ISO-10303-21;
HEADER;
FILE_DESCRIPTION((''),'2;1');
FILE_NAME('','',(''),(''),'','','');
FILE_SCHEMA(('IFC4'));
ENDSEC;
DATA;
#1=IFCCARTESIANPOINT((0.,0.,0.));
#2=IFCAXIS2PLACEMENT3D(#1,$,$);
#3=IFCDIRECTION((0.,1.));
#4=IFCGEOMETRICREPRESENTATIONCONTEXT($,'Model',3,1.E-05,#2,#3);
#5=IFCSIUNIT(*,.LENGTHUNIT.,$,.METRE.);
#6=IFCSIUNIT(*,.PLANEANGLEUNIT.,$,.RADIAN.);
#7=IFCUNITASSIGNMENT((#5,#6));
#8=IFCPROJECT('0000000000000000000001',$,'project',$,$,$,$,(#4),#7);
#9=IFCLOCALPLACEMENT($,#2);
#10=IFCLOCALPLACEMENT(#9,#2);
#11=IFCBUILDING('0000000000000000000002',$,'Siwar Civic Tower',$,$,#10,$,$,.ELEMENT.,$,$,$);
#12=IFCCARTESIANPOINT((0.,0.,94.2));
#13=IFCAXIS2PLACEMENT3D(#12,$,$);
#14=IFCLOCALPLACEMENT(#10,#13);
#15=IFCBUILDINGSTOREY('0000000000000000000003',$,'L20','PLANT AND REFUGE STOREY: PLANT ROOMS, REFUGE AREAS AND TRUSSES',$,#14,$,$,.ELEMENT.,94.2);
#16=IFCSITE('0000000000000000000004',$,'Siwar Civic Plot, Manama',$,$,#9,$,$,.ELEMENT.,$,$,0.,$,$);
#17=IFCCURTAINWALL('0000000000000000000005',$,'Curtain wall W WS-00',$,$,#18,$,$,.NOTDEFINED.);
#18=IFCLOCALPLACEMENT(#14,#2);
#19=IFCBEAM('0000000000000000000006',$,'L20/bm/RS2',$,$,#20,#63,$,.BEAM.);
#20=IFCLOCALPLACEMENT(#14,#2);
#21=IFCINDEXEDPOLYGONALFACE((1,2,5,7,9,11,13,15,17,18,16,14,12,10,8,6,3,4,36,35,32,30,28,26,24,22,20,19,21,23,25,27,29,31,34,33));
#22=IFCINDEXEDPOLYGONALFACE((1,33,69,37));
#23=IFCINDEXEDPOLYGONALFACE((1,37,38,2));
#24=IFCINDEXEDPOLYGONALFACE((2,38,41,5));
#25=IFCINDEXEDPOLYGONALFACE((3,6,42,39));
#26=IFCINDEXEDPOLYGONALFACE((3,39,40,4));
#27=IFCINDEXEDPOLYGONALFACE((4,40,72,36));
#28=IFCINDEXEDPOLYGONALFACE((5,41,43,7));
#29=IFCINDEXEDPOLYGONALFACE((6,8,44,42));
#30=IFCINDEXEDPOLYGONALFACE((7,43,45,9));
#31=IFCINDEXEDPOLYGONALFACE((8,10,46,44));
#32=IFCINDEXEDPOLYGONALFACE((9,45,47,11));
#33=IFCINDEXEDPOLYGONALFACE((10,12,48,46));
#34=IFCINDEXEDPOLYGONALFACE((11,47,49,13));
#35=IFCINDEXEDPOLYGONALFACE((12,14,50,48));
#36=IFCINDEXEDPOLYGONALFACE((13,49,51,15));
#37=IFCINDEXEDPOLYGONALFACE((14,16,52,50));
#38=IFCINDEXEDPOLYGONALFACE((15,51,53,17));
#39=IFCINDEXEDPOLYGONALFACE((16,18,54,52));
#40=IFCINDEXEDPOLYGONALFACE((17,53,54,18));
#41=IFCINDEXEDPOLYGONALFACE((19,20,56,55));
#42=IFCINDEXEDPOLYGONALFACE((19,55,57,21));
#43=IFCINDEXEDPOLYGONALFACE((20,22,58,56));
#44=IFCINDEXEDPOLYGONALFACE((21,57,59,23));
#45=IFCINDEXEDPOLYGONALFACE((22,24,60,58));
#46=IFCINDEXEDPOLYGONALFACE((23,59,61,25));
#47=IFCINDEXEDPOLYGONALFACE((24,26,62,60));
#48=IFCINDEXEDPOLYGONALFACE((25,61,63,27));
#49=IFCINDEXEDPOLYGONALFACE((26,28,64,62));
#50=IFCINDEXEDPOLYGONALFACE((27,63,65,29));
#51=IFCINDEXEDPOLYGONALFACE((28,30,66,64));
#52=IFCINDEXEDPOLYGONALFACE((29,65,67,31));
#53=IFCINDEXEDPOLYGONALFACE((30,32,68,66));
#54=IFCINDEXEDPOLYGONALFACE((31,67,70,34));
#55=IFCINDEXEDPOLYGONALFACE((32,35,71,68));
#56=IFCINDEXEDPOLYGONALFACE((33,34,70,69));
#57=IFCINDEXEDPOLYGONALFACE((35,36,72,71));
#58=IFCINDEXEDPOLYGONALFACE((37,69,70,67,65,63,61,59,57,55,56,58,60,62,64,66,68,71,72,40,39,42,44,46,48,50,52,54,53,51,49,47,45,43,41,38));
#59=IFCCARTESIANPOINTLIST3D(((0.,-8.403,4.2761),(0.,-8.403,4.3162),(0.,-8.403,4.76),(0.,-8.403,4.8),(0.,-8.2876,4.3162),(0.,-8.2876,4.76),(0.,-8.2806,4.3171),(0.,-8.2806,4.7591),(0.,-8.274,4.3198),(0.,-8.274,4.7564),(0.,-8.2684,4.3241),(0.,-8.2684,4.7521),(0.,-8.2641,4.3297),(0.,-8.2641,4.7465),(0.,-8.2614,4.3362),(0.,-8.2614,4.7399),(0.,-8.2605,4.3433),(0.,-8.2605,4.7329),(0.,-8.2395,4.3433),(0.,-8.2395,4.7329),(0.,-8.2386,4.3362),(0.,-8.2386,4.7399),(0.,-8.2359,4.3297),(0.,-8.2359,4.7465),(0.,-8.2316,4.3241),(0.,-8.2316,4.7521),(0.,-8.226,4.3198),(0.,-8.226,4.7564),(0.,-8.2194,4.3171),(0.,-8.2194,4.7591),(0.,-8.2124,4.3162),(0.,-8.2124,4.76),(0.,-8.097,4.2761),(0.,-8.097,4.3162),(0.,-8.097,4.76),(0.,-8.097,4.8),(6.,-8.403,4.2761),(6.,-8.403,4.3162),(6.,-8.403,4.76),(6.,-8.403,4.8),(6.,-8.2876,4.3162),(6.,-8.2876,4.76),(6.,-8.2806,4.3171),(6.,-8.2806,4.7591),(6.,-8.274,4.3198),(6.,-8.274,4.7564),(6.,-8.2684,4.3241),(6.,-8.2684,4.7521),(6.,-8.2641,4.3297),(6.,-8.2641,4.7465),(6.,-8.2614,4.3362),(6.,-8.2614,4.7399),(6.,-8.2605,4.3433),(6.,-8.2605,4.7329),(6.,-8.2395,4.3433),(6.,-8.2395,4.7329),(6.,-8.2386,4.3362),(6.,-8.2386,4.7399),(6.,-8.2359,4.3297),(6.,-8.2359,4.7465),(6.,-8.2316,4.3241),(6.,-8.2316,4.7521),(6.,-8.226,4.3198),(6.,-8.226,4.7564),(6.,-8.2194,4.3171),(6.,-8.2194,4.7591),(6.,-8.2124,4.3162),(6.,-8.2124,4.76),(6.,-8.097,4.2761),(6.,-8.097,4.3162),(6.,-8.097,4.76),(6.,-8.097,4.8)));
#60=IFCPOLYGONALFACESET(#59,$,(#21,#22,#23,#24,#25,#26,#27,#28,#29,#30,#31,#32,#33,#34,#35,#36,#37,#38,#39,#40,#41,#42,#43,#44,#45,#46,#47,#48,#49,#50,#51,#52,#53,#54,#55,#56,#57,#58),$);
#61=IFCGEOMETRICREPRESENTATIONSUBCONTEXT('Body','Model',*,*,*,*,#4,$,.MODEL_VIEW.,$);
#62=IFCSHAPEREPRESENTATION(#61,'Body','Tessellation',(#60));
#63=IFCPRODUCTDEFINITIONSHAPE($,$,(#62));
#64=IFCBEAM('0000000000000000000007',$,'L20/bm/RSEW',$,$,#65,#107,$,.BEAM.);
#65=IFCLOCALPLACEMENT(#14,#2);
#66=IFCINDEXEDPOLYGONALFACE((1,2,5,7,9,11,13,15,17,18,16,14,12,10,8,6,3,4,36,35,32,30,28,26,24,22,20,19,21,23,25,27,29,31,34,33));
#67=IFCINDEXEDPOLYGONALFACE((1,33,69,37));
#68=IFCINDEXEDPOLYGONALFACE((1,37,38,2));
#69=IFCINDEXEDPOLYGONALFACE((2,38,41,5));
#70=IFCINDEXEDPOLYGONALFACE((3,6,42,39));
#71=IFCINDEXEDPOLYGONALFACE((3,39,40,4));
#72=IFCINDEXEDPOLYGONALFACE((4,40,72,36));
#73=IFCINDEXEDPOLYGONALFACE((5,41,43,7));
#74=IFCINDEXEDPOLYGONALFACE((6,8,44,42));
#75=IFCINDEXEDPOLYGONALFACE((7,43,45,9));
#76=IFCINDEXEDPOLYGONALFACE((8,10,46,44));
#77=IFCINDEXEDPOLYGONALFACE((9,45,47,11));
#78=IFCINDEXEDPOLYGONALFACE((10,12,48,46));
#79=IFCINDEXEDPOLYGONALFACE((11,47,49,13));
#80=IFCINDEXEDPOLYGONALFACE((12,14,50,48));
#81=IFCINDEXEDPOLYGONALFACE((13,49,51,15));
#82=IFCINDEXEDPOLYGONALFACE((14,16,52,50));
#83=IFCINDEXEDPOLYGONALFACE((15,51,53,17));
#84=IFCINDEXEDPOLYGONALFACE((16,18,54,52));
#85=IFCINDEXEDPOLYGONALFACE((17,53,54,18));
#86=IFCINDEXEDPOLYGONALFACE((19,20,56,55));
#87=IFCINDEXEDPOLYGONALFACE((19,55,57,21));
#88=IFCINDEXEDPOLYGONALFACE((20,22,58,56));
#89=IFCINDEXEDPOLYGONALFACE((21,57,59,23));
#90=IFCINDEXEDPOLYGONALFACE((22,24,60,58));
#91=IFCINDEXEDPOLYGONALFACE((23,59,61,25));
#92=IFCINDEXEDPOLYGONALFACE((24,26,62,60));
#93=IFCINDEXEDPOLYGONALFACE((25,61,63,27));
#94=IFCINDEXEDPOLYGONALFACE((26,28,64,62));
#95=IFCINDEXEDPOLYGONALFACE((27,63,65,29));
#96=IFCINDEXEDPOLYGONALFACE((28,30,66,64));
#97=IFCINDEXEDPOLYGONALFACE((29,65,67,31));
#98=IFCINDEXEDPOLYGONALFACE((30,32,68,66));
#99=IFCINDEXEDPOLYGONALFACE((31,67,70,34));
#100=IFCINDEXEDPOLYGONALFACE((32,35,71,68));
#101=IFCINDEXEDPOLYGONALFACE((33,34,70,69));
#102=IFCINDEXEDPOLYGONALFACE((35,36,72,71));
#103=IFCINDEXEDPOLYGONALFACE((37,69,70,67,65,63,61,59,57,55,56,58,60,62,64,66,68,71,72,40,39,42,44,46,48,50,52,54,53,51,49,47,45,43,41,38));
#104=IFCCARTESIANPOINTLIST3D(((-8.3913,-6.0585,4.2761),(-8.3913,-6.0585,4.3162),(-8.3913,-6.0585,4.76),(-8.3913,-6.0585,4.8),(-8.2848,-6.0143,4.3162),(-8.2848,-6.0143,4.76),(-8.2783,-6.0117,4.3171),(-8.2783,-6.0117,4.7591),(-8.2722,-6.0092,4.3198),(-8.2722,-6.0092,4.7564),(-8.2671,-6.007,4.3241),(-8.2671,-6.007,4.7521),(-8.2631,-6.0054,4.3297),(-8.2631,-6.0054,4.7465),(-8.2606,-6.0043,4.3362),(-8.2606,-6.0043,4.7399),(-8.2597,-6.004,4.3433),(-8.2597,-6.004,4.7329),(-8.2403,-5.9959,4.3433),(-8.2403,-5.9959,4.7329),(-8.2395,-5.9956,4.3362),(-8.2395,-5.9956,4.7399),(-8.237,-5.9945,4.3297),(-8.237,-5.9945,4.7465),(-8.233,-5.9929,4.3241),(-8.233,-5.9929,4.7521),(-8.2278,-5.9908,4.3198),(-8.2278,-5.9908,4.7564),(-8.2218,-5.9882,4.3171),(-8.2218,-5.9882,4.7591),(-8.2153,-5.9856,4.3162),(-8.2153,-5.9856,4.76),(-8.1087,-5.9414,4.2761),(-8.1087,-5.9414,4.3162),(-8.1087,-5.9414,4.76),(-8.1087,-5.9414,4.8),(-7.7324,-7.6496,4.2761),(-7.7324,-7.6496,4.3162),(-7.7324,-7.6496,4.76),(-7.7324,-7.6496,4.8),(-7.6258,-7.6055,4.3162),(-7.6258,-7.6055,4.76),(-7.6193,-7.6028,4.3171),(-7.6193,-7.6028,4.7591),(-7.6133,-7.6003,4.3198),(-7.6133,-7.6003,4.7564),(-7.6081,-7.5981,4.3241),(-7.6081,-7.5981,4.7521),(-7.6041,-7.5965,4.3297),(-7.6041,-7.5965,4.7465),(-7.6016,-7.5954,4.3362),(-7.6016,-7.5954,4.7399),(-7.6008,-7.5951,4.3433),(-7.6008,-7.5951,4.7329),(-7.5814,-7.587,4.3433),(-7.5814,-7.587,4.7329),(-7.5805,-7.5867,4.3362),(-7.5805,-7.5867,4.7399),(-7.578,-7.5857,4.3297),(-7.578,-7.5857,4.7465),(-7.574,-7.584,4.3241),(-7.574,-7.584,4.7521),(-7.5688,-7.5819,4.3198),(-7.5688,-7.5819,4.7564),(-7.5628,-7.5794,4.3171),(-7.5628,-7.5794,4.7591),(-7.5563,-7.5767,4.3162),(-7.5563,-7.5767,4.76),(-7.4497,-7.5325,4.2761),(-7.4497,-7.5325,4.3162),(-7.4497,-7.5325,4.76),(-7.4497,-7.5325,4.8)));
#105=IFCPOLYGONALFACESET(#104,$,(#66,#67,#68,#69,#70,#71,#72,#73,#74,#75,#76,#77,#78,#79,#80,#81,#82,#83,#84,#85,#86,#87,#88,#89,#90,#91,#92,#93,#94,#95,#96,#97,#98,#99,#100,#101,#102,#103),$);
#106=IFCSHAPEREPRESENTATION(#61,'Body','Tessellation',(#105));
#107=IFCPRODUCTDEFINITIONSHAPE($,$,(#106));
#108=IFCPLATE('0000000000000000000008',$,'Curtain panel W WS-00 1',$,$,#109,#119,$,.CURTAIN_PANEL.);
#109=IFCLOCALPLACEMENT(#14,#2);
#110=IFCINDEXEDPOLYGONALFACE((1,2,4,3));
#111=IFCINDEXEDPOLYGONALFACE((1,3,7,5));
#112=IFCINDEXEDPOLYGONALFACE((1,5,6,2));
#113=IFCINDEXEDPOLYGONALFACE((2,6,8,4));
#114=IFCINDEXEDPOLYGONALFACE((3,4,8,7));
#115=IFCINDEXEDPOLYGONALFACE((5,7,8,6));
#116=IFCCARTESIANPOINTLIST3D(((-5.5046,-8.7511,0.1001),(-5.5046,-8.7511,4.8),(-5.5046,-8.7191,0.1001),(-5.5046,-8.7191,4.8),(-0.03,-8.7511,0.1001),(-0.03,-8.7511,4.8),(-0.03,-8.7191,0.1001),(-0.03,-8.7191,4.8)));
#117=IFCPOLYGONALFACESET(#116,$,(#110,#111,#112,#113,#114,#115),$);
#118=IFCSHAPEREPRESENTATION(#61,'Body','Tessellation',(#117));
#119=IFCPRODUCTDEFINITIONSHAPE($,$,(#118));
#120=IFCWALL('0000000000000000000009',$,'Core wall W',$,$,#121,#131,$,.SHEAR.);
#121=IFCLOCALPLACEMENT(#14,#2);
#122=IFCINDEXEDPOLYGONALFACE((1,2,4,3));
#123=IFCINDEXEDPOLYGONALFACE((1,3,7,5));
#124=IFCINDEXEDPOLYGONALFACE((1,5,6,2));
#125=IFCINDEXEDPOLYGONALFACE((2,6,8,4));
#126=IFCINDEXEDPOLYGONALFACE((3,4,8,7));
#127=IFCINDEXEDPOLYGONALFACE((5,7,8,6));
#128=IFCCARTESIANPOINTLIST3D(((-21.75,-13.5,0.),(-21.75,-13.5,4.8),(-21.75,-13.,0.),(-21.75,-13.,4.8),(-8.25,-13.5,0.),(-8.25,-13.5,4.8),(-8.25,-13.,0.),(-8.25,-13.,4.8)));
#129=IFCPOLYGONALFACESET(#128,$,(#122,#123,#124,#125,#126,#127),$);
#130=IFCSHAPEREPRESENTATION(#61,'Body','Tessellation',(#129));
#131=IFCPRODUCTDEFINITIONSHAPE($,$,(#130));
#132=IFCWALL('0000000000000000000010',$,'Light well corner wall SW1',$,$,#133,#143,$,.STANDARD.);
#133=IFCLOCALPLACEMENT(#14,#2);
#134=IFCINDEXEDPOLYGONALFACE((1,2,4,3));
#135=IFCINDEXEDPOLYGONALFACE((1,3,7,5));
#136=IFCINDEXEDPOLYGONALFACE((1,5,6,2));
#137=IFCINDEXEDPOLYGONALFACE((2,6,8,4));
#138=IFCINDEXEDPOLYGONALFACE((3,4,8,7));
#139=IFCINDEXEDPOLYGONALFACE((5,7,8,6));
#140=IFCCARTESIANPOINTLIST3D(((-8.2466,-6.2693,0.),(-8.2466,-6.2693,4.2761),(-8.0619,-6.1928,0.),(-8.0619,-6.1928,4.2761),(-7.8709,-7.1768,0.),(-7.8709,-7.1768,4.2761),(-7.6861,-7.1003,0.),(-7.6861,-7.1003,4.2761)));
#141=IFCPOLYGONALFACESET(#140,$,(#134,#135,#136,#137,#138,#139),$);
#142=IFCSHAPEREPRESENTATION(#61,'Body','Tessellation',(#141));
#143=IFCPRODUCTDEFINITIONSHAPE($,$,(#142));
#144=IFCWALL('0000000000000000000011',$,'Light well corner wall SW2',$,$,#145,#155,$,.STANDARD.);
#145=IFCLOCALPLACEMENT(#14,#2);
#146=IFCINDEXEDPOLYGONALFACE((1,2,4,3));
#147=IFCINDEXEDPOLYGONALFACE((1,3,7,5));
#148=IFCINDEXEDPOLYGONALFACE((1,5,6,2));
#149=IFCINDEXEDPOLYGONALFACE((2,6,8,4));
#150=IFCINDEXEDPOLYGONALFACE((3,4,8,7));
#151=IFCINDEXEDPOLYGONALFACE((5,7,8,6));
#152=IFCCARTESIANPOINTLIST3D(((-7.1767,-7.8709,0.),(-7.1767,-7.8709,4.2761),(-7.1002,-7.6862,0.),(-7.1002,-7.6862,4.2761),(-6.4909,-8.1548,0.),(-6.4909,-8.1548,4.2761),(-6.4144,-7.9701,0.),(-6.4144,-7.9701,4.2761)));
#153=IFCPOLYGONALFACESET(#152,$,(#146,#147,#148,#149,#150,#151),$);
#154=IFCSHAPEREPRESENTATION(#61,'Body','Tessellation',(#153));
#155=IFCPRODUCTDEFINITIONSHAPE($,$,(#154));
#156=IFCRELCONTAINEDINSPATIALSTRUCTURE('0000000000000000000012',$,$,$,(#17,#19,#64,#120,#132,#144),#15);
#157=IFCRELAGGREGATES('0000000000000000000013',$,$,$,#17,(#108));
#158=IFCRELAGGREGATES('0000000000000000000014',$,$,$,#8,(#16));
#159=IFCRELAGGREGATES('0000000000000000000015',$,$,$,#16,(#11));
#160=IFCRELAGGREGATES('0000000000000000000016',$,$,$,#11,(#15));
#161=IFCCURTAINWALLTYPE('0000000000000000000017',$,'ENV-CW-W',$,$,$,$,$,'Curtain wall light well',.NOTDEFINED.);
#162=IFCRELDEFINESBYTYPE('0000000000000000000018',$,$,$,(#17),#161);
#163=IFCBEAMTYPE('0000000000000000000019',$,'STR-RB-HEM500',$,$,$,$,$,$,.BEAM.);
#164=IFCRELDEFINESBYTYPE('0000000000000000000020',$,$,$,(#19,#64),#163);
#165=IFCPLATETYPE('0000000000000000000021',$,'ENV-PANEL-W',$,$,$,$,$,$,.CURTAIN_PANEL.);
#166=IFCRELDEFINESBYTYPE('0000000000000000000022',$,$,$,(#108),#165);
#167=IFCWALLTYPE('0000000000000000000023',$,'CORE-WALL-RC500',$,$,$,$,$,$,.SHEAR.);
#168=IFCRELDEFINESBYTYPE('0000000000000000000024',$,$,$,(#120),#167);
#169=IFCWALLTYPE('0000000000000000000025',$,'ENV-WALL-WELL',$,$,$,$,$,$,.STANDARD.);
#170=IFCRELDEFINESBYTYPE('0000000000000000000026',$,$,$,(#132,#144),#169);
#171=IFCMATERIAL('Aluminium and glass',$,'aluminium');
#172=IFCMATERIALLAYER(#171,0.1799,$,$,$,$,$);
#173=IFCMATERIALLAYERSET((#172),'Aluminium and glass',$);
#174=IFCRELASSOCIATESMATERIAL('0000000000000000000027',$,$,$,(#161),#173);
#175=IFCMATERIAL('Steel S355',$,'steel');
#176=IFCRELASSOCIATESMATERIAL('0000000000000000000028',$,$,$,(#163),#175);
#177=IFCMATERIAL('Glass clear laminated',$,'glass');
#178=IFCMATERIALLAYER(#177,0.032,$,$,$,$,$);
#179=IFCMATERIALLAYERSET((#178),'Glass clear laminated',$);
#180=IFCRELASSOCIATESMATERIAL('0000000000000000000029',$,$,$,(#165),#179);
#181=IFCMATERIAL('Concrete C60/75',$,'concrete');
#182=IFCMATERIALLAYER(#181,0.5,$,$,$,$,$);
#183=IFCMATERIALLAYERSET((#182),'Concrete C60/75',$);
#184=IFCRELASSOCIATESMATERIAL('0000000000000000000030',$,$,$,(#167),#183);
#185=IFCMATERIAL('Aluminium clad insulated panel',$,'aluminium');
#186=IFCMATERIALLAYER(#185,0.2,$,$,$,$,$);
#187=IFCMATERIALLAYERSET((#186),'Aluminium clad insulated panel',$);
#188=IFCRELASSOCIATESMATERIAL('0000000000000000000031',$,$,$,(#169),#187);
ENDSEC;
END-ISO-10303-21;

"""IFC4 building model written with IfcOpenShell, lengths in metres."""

from ifc_helpers import new_model, si_unit, direction, frame, frame_2d, origin, origin_2d, place, context, subcontext, project, spatial, rectangle, i_section, extrude, material, layer, layer_set, material_profile, profile_set, type_object, element, aggregate, save


model = new_model("IFC4")

# Units and contexts
model_context = context("Model", 3, precision=1e-05, world=origin(), true_north=direction((0.0, 1.0)))
body_context = subcontext(model_context, "Body", "Model", "MODEL_VIEW")
ifc_project = project(units=[si_unit("LENGTHUNIT", "METRE"), si_unit("PLANEANGLEUNIT", "RADIAN")], contexts=[model_context])

# Site, building, storey
site_placement = place(None, origin())
site = spatial("IfcSite", under=ifc_project, at=site_placement, Name="Siwar Civic Plot, Manama", CompositionType="ELEMENT", RefElevation=0.0)
building_placement = place(site_placement, origin())
building = spatial("IfcBuilding", under=site, at=building_placement, Name="Siwar Civic Tower", CompositionType="ELEMENT")
storey_placement = place(building_placement, frame((0.0, 0.0, 94.2)))
storey = spatial("IfcBuildingStorey", under=building, at=storey_placement, Name="L20", Description="PLANT AND REFUGE STOREY: PLANT ROOMS, REFUGE AREAS AND TRUSSES", CompositionType="ELEMENT", Elevation=94.2)

# Curtain wall
ifc_material_1 = material(Name="Aluminium and glass", Category="aluminium")
ifc_layer_1 = layer(ifc_material_1, 0.1799)
ifc_layer_set_1 = layer_set([ifc_layer_1], Name="Aluminium and glass")
curtain_wall_type = type_object("IfcCurtainWallType", Name="ENV-CW-W", ElementType="Curtain wall light well", PredefinedType="NOTDEFINED", material=ifc_layer_set_1)
curtain_wall_placement = place(storey_placement, origin())
curtain_wall = element("IfcCurtainWall", 1, at=curtain_wall_placement, inside=storey, type_object=curtain_wall_type, Name="Curtain wall W WS-00", PredefinedType="NOTDEFINED")

# Beams
ifc_material_2 = material(Name="Steel S355", Category="steel")
ifc_material_profile_1 = material_profile(ifc_material_2, i_section(OverallWidth=0.3059, OverallDepth=0.5239, WebThickness=0.021, FlangeThickness=0.04, FilletRadius=0.0271, at=origin_2d()), Name="HEM500")
ifc_profile_set_1 = profile_set([ifc_material_profile_1], Name="Steel S355")
beam_type = type_object("IfcBeamType", Name="STR-RB-HEM500", PredefinedType="BEAM", material=ifc_profile_set_1)
for number, where, z_axis, x_axis, name in (
    (2, (0.0, -8.25, 4.5381), (1.0, 0.0, 0.0), (0.0, 1.0, 0.0), "L20/bm/RS2"),
):
    element("IfcBeam", number, at=place(storey_placement, frame(where, z_axis=z_axis, x_axis=x_axis)), inside=storey, type_object=beam_type, Name=name, PredefinedType="BEAM", context=body_context, shape_type="SweptSolid", body=[
        extrude(i_section(OverallWidth=0.3059, OverallDepth=0.5239, WebThickness=0.021, FlangeThickness=0.04, FilletRadius=0.0271, at=origin_2d()), origin(), (0.0, 0.0, 1.0), 6.0),
    ])
beam_1_placement = place(storey_placement, frame((-7.5911, -7.5911, 4.5381), z_axis=(-0.382631, 0.923901, 0.0), x_axis=(-0.923901, -0.382631, 0.0)))
element("IfcBeam", 3, at=beam_1_placement, inside=storey, type_object=beam_type, Name="L20/bm/RSEW", PredefinedType="BEAM", context=body_context, shape_type="SweptSolid", body=[
    extrude(i_section(OverallWidth=0.3059, OverallDepth=0.5239, WebThickness=0.021, FlangeThickness=0.04, FilletRadius=0.0271, at=origin_2d()), origin(), (0.0, 0.0, 1.0), 1.7222),
])

# Plate
ifc_material_3 = material(Name="Glass clear laminated", Category="glass")
ifc_layer_2 = layer(ifc_material_3, 0.032)
ifc_layer_set_2 = layer_set([ifc_layer_2], Name="Glass clear laminated")
plate_type = type_object("IfcPlateType", Name="ENV-PANEL-W", PredefinedType="CURTAIN_PANEL", material=ifc_layer_set_2)
plate_placement = place(storey_placement, frame((-2.7673, -8.7351, 0.1001), z_axis=(0.0, 0.0, 1.0), x_axis=(1.0, 0.0, 0.0)))
plate = element("IfcPlate", 4, at=plate_placement, type_object=plate_type, Name="Curtain panel W WS-00 1", PredefinedType="CURTAIN_PANEL", context=body_context, shape_type="SweptSolid", body=[
    extrude(rectangle(XDim=5.4746, YDim=0.032, at=origin_2d()), origin(), (0.0, 0.0, 1.0), 4.7),
])
aggregate(curtain_wall, [plate])

# Walls
ifc_material_4 = material(Name="Concrete C60/75", Category="concrete")
ifc_layer_3 = layer(ifc_material_4, 0.5)
ifc_layer_set_3 = layer_set([ifc_layer_3], Name="Concrete C60/75")
wall_type_1 = type_object("IfcWallType", Name="CORE-WALL-RC500", PredefinedType="SHEAR", material=ifc_layer_set_3)
wall_1_placement = place(storey_placement, frame((-8.25, -13.25, 0.0), z_axis=(0.0, 0.0, 1.0), x_axis=(-1.0, 0.0, 0.0)))
element("IfcWall", 5, at=wall_1_placement, inside=storey, type_object=wall_type_1, Name="Core wall W", PredefinedType="SHEAR", context=body_context, shape_type="SweptSolid", body=[
    extrude(rectangle(XDim=13.5, YDim=0.5, at=frame_2d((6.75, 0.0))), origin(), (0.0, 0.0, 1.0), 4.8),
])
ifc_material_5 = material(Name="Aluminium clad insulated panel", Category="aluminium")
ifc_layer_4 = layer(ifc_material_5, 0.2)
ifc_layer_set_4 = layer_set([ifc_layer_4], Name="Aluminium clad insulated panel")
wall_type_2 = type_object("IfcWallType", Name="ENV-WALL-WELL", PredefinedType="STANDARD", material=ifc_layer_set_4)
wall_2_placement = place(storey_placement, frame((-8.1543, -6.231, 0.0), z_axis=(0.0, 0.0, 1.0), x_axis=(0.382549, -0.923935, 0.0)))
element("IfcWall", 6, at=wall_2_placement, inside=storey, type_object=wall_type_2, Name="Light well corner wall SW1", PredefinedType="STANDARD", context=body_context, shape_type="SweptSolid", body=[
    extrude(rectangle(XDim=0.9822, YDim=0.2, at=frame_2d((0.4912, 0.0))), origin(), (0.0, 0.0, 1.0), 4.2761),
])
wall_3_placement = place(storey_placement, frame((-7.1384, -7.7786, 0.0), z_axis=(0.0, 0.0, 1.0), x_axis=(0.923941, -0.382536, 0.0)))
element("IfcWall", 7, at=wall_3_placement, inside=storey, type_object=wall_type_2, Name="Light well corner wall SW2", PredefinedType="STANDARD", context=body_context, shape_type="SweptSolid", body=[
    extrude(rectangle(XDim=0.7422, YDim=0.2, at=frame_2d((0.3711, 0.0))), origin(), (0.0, 0.0, 1.0), 4.2761),
])

save(model, "model.ifc")
